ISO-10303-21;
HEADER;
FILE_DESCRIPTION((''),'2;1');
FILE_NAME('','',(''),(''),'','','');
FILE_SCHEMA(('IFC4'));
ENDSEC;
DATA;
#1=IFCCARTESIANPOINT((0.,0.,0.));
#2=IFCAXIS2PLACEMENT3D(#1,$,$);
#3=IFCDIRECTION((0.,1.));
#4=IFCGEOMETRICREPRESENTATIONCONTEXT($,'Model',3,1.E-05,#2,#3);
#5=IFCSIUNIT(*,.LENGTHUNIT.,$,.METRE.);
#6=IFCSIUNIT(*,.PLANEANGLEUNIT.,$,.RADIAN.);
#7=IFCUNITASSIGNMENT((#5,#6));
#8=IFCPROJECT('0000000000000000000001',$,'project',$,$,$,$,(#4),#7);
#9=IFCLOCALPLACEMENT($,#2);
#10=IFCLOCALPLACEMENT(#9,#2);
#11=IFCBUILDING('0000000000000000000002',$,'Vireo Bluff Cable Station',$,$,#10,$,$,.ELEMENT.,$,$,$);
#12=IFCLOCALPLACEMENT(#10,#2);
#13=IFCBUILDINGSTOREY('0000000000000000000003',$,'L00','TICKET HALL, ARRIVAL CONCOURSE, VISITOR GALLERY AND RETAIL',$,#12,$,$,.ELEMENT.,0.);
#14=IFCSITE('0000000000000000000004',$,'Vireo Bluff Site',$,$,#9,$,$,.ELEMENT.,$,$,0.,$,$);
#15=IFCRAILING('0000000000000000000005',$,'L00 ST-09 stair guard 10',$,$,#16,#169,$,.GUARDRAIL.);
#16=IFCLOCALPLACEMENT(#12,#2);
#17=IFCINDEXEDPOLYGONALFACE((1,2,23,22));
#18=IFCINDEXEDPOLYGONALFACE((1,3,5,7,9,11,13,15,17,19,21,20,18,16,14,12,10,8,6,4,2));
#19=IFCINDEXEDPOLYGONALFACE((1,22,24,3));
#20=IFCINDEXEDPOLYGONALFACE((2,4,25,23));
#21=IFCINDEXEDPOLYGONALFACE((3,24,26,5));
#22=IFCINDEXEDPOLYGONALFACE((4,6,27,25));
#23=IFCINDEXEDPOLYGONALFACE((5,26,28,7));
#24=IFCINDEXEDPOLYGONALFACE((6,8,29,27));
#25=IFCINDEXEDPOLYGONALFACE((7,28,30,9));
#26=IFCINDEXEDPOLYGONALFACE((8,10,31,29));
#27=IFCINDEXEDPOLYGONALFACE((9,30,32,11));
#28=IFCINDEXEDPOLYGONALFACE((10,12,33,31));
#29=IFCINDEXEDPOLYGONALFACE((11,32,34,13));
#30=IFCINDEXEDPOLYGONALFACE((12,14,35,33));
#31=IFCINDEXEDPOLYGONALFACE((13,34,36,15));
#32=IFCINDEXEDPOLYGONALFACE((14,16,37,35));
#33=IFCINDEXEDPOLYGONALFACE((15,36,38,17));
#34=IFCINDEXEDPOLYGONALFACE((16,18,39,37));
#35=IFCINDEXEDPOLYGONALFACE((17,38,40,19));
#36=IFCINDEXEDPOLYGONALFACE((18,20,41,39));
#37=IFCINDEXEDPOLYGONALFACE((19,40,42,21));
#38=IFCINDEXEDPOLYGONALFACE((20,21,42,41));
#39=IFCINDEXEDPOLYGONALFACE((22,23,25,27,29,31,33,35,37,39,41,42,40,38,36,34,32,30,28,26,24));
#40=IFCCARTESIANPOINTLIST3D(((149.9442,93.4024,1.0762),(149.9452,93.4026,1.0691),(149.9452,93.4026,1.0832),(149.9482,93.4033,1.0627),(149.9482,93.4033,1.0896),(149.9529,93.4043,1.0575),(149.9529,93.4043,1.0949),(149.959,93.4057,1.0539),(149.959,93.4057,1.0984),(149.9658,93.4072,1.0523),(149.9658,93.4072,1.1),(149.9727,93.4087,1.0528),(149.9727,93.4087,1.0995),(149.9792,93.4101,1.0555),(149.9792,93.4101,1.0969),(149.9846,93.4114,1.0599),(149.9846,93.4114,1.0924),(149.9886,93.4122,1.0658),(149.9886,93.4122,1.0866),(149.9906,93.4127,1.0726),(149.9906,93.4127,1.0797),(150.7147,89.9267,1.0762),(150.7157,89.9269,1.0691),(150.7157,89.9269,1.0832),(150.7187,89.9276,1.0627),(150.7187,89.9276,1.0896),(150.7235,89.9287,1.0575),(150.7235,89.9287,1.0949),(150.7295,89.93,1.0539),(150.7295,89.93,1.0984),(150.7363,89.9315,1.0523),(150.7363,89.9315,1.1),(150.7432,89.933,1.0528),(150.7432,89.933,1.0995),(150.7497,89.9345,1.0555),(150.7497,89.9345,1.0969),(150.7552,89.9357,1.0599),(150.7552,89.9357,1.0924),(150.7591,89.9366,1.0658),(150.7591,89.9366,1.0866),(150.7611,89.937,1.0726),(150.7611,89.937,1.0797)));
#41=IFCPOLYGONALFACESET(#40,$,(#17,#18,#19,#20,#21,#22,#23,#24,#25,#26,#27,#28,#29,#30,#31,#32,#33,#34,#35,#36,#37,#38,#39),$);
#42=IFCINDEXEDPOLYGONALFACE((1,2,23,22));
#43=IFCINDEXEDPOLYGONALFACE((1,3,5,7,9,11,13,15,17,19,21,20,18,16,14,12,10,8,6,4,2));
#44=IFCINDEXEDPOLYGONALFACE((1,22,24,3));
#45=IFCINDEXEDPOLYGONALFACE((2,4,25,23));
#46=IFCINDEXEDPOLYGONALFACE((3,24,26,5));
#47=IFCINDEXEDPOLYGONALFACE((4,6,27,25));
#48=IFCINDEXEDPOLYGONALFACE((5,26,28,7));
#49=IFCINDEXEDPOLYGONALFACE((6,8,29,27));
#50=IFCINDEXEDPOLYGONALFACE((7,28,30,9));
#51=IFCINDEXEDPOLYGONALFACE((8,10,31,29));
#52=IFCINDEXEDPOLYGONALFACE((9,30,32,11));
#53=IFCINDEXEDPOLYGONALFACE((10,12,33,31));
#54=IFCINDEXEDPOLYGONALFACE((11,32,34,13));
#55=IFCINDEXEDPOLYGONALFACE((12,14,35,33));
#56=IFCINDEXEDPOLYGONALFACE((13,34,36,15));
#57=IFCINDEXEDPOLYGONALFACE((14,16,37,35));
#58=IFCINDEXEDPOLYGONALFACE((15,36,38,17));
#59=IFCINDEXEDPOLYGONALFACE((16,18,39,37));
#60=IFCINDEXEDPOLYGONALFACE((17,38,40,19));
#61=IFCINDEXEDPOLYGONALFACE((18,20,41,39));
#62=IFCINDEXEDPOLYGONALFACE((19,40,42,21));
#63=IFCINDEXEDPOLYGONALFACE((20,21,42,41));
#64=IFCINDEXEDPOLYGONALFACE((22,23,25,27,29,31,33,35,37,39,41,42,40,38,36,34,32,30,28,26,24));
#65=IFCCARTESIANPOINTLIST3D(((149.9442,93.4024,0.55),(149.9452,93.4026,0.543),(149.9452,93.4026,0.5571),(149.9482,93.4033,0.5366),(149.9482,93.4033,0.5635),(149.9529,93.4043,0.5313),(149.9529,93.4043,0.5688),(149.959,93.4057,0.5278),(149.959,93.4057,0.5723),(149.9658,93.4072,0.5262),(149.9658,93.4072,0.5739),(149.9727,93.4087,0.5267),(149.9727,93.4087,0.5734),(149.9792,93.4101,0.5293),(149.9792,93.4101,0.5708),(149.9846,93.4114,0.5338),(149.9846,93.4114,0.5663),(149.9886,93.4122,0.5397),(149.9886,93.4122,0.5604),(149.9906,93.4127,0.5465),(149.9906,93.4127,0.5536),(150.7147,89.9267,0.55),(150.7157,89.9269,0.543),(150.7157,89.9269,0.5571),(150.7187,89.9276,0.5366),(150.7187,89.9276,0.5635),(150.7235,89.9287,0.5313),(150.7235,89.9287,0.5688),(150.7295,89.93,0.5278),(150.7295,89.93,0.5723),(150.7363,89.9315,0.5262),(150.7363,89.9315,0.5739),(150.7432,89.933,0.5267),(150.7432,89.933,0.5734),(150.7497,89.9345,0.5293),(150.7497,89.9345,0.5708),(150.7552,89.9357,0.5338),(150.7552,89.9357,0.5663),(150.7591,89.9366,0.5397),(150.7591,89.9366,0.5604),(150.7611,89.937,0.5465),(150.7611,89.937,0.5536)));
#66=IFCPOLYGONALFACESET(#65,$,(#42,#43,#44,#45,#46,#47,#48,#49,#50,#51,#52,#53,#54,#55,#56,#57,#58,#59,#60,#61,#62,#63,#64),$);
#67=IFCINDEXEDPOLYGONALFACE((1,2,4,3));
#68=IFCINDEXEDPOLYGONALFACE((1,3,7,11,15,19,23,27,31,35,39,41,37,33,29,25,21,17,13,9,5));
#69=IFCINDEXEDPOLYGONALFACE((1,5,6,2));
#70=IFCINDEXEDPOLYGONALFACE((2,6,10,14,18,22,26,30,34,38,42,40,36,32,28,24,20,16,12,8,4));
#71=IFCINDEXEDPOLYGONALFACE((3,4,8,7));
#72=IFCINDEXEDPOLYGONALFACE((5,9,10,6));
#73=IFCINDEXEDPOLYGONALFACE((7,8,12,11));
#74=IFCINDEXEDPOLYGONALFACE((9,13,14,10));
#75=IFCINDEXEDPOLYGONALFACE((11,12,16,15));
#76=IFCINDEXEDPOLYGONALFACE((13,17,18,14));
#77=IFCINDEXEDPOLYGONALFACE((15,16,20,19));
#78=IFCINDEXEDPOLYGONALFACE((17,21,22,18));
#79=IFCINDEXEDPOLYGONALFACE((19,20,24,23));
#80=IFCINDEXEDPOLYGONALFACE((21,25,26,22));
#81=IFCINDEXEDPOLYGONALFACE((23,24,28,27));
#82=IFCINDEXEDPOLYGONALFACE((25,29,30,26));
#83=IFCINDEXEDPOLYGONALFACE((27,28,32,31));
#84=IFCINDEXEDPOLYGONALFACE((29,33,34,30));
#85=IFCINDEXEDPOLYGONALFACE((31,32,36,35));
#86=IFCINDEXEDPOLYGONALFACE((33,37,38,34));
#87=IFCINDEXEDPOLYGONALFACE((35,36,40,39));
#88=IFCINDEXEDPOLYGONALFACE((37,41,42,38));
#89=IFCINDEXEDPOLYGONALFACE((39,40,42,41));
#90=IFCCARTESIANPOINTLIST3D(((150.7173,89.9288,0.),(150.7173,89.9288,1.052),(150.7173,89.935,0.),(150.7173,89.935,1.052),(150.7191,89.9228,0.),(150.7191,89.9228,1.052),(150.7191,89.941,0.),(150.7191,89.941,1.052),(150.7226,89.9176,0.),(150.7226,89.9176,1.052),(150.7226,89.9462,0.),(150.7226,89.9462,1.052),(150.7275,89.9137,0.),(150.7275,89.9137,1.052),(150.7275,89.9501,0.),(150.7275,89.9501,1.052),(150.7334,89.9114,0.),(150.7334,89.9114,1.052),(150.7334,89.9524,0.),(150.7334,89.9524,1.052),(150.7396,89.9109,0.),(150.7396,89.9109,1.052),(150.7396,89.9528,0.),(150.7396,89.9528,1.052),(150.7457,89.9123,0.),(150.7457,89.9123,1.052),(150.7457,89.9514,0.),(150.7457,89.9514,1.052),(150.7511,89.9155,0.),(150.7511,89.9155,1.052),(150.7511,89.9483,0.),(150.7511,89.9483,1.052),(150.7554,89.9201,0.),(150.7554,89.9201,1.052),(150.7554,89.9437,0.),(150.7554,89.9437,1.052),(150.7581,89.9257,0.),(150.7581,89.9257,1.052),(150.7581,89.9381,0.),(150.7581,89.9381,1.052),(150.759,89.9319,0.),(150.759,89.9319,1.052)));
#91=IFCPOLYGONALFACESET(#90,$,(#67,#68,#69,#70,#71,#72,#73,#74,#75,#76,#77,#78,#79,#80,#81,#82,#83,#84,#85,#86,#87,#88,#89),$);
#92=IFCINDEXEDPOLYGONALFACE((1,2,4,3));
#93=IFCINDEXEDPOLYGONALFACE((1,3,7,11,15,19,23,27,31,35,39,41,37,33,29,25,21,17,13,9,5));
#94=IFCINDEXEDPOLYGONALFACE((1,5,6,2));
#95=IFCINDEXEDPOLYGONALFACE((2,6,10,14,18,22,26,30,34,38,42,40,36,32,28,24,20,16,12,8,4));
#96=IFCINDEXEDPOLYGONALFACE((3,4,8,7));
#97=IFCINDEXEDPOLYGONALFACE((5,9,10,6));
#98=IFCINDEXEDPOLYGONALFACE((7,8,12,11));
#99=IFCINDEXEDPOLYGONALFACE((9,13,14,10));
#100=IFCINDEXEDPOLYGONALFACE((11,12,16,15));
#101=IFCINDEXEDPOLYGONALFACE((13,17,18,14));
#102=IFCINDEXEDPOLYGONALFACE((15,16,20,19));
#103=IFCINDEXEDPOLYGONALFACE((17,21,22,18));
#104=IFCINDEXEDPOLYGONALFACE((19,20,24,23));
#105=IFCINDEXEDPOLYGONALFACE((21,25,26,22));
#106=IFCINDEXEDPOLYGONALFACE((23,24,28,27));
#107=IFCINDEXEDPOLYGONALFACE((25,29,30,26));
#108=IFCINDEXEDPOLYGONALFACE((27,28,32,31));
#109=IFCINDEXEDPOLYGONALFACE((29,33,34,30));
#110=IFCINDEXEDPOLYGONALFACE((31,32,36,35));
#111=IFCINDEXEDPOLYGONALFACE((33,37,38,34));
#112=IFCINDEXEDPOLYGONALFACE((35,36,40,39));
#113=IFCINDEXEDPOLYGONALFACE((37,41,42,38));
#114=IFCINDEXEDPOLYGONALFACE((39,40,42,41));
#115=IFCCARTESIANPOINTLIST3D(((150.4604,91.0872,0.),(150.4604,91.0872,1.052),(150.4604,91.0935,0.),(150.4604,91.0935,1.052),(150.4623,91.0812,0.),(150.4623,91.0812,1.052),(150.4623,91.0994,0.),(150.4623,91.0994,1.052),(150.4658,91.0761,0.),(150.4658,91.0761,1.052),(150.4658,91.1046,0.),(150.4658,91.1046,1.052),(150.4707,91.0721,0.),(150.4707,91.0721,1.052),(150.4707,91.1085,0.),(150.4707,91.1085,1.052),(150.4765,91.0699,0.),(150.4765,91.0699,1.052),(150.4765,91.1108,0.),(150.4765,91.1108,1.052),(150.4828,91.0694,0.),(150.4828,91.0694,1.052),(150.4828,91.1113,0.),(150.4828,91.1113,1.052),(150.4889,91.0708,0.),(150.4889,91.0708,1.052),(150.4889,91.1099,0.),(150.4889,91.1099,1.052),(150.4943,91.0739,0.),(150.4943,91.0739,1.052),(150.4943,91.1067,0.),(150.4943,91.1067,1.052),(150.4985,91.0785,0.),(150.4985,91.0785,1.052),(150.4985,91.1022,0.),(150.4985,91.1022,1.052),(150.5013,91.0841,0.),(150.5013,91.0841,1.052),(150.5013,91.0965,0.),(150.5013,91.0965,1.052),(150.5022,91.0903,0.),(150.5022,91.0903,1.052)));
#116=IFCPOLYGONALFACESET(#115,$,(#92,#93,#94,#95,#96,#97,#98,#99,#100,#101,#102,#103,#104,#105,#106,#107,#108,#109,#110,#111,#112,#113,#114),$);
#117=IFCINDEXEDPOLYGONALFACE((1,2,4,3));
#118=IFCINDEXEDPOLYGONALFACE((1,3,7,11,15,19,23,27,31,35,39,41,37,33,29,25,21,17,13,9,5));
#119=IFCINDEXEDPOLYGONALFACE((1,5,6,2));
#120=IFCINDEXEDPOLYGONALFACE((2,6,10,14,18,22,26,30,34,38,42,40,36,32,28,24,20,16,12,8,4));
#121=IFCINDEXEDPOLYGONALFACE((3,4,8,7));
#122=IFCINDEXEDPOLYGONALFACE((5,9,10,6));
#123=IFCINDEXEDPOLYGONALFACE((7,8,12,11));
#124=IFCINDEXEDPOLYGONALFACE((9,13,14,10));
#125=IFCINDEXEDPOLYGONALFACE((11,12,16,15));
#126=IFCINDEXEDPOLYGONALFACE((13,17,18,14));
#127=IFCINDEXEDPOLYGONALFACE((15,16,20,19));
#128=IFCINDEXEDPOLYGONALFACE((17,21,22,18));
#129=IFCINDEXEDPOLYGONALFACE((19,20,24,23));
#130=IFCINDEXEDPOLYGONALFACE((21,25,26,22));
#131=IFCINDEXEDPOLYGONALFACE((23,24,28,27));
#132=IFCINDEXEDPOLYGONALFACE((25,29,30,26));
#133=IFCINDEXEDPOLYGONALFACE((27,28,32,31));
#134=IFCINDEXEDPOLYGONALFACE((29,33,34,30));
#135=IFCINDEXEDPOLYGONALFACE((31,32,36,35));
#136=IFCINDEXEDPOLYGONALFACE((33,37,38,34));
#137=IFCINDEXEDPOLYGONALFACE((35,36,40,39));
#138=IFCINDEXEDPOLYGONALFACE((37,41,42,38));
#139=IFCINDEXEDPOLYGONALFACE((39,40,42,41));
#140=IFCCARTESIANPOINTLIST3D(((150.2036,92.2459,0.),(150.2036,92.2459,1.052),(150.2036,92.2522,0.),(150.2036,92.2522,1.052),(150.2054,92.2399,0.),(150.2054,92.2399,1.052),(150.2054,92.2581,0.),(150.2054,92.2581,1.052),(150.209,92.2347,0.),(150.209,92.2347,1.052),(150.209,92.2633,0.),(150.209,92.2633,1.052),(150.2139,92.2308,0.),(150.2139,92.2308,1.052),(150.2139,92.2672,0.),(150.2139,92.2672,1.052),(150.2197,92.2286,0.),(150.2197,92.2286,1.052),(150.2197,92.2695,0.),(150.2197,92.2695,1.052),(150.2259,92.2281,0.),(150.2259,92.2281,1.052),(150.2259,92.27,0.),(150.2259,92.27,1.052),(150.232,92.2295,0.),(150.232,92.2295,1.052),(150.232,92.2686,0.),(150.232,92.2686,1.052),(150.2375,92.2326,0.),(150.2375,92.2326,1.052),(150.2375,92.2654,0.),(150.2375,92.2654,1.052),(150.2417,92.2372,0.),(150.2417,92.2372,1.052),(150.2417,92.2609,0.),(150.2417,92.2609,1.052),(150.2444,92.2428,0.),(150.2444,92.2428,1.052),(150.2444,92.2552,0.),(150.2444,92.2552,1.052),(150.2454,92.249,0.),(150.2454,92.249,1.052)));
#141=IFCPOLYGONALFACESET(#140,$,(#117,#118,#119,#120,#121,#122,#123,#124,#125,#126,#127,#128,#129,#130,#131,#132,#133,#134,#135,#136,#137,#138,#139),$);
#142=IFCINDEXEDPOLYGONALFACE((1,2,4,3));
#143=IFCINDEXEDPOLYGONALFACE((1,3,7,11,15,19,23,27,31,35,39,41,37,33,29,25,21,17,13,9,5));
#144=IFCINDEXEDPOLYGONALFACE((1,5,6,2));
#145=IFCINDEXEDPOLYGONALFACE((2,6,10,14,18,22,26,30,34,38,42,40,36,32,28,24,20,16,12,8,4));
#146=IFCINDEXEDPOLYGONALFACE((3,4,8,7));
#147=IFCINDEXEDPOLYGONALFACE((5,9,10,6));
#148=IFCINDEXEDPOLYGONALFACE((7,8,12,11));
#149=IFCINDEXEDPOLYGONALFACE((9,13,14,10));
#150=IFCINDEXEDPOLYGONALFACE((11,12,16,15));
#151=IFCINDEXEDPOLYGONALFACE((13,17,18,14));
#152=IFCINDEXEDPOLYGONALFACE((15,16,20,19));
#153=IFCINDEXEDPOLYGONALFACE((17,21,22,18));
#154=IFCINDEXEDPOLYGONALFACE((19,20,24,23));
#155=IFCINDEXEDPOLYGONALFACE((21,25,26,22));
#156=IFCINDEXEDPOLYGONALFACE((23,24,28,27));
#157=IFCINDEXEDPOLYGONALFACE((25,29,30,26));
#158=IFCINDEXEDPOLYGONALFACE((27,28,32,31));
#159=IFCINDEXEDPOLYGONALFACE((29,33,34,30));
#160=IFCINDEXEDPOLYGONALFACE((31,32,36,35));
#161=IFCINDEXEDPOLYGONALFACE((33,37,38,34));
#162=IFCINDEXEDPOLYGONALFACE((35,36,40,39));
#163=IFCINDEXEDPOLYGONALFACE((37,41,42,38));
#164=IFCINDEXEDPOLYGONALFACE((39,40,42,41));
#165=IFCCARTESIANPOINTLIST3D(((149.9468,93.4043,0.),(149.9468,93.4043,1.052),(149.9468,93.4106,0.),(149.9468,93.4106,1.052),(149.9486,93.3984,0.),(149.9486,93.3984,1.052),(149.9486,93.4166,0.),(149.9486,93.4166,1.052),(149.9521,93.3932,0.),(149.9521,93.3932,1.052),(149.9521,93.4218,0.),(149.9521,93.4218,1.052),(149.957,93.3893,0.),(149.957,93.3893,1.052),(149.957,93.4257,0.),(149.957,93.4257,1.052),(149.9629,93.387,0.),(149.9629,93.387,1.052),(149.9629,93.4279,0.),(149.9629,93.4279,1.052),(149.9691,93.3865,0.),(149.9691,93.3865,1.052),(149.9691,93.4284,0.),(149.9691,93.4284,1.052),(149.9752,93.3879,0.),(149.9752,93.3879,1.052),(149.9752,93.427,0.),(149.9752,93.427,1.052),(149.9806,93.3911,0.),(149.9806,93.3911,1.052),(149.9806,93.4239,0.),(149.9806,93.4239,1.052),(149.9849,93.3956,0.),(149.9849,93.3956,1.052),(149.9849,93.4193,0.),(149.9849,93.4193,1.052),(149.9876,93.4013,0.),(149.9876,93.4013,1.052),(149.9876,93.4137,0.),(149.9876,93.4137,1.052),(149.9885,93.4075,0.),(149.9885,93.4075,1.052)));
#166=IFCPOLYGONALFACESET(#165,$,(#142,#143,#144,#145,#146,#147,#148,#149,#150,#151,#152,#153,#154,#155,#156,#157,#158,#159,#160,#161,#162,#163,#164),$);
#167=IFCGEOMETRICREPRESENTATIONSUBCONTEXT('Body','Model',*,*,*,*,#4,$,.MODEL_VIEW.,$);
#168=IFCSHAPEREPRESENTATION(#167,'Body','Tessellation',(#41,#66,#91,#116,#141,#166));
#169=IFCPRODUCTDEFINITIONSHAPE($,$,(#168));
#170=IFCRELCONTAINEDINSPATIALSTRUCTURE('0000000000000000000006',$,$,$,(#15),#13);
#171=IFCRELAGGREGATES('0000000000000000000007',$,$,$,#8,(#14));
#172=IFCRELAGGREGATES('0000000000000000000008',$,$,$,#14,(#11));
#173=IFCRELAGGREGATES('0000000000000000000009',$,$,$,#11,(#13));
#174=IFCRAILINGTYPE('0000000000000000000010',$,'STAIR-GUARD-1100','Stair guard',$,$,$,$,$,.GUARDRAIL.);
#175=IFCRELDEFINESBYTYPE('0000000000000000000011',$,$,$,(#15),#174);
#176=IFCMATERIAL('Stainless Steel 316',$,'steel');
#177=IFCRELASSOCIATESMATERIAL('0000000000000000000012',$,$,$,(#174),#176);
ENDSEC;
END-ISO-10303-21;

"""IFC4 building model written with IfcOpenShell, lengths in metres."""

from ifc_helpers import new_model, si_unit, direction, frame, origin, origin_2d, place, context, subcontext, project, spatial, circle, extrude, material, type_object, element, save


model = new_model("IFC4")

# Units and contexts
model_context = context("Model", 3, precision=1e-05, world=origin(), true_north=direction((0.0, 1.0)))
body_context = subcontext(model_context, "Body", "Model", "MODEL_VIEW")
ifc_project = project(units=[si_unit("LENGTHUNIT", "METRE"), si_unit("PLANEANGLEUNIT", "RADIAN")], contexts=[model_context])

# Site, building, storey
site_placement = place(None, origin())
site = spatial("IfcSite", under=ifc_project, at=site_placement, Name="Vireo Bluff Site", CompositionType="ELEMENT", RefElevation=0.0)
building_placement = place(site_placement, origin())
building = spatial("IfcBuilding", under=site, at=building_placement, Name="Vireo Bluff Cable Station", CompositionType="ELEMENT")
storey_placement = place(building_placement, origin())
storey = spatial("IfcBuildingStorey", under=building, at=storey_placement, Name="L00", Description="TICKET HALL, ARRIVAL CONCOURSE, VISITOR GALLERY AND RETAIL", CompositionType="ELEMENT", Elevation=0.0)

# Railing
ifc_material_1 = material(Name="Stainless Steel 316", Category="steel")
railing_type_1 = type_object("IfcRailingType", Name="STAIR-GUARD-1100", Description="Stair guard", PredefinedType="GUARDRAIL", material=ifc_material_1)
railing_1_placement = place(storey_placement, frame((150.738, 89.9319, 0.0)))
element("IfcRailing", 1, at=railing_1_placement, inside=storey, type_object=railing_type_1, Name="L00 ST-09 stair guard 10", PredefinedType="GUARDRAIL", context=body_context, shape_type="SweptSolid", body=[
    extrude(circle(Radius=0.0239, at=origin_2d()), frame((0.0, 0.0, 1.0762), z_axis=(-0.216437, 0.976297, 0.0), x_axis=(-0.976297, -0.216437, 0.0)), (0.0, 0.0, 1.0), 3.5601),
    extrude(circle(Radius=0.0239, at=origin_2d()), frame((0.0, 0.0, 0.55), z_axis=(-0.216437, 0.976297, 0.0), x_axis=(-0.976297, -0.216437, 0.0)), (0.0, 0.0, 1.0), 3.5601),
    extrude(circle(Radius=0.021, at=origin_2d()), origin(), (0.0, 0.0, 1.0), 1.052),
    extrude(circle(Radius=0.021, at=origin_2d()), frame((-0.2568, 1.1584, 0.0)), (0.0, 0.0, 1.0), 1.052),
    extrude(circle(Radius=0.021, at=origin_2d()), frame((-0.5137, 2.3171, 0.0)), (0.0, 0.0, 1.0), 1.052),
    extrude(circle(Radius=0.021, at=origin_2d()), frame((-0.7705, 3.4756, 0.0)), (0.0, 0.0, 1.0), 1.052),
])

save(model, "model.ifc")
